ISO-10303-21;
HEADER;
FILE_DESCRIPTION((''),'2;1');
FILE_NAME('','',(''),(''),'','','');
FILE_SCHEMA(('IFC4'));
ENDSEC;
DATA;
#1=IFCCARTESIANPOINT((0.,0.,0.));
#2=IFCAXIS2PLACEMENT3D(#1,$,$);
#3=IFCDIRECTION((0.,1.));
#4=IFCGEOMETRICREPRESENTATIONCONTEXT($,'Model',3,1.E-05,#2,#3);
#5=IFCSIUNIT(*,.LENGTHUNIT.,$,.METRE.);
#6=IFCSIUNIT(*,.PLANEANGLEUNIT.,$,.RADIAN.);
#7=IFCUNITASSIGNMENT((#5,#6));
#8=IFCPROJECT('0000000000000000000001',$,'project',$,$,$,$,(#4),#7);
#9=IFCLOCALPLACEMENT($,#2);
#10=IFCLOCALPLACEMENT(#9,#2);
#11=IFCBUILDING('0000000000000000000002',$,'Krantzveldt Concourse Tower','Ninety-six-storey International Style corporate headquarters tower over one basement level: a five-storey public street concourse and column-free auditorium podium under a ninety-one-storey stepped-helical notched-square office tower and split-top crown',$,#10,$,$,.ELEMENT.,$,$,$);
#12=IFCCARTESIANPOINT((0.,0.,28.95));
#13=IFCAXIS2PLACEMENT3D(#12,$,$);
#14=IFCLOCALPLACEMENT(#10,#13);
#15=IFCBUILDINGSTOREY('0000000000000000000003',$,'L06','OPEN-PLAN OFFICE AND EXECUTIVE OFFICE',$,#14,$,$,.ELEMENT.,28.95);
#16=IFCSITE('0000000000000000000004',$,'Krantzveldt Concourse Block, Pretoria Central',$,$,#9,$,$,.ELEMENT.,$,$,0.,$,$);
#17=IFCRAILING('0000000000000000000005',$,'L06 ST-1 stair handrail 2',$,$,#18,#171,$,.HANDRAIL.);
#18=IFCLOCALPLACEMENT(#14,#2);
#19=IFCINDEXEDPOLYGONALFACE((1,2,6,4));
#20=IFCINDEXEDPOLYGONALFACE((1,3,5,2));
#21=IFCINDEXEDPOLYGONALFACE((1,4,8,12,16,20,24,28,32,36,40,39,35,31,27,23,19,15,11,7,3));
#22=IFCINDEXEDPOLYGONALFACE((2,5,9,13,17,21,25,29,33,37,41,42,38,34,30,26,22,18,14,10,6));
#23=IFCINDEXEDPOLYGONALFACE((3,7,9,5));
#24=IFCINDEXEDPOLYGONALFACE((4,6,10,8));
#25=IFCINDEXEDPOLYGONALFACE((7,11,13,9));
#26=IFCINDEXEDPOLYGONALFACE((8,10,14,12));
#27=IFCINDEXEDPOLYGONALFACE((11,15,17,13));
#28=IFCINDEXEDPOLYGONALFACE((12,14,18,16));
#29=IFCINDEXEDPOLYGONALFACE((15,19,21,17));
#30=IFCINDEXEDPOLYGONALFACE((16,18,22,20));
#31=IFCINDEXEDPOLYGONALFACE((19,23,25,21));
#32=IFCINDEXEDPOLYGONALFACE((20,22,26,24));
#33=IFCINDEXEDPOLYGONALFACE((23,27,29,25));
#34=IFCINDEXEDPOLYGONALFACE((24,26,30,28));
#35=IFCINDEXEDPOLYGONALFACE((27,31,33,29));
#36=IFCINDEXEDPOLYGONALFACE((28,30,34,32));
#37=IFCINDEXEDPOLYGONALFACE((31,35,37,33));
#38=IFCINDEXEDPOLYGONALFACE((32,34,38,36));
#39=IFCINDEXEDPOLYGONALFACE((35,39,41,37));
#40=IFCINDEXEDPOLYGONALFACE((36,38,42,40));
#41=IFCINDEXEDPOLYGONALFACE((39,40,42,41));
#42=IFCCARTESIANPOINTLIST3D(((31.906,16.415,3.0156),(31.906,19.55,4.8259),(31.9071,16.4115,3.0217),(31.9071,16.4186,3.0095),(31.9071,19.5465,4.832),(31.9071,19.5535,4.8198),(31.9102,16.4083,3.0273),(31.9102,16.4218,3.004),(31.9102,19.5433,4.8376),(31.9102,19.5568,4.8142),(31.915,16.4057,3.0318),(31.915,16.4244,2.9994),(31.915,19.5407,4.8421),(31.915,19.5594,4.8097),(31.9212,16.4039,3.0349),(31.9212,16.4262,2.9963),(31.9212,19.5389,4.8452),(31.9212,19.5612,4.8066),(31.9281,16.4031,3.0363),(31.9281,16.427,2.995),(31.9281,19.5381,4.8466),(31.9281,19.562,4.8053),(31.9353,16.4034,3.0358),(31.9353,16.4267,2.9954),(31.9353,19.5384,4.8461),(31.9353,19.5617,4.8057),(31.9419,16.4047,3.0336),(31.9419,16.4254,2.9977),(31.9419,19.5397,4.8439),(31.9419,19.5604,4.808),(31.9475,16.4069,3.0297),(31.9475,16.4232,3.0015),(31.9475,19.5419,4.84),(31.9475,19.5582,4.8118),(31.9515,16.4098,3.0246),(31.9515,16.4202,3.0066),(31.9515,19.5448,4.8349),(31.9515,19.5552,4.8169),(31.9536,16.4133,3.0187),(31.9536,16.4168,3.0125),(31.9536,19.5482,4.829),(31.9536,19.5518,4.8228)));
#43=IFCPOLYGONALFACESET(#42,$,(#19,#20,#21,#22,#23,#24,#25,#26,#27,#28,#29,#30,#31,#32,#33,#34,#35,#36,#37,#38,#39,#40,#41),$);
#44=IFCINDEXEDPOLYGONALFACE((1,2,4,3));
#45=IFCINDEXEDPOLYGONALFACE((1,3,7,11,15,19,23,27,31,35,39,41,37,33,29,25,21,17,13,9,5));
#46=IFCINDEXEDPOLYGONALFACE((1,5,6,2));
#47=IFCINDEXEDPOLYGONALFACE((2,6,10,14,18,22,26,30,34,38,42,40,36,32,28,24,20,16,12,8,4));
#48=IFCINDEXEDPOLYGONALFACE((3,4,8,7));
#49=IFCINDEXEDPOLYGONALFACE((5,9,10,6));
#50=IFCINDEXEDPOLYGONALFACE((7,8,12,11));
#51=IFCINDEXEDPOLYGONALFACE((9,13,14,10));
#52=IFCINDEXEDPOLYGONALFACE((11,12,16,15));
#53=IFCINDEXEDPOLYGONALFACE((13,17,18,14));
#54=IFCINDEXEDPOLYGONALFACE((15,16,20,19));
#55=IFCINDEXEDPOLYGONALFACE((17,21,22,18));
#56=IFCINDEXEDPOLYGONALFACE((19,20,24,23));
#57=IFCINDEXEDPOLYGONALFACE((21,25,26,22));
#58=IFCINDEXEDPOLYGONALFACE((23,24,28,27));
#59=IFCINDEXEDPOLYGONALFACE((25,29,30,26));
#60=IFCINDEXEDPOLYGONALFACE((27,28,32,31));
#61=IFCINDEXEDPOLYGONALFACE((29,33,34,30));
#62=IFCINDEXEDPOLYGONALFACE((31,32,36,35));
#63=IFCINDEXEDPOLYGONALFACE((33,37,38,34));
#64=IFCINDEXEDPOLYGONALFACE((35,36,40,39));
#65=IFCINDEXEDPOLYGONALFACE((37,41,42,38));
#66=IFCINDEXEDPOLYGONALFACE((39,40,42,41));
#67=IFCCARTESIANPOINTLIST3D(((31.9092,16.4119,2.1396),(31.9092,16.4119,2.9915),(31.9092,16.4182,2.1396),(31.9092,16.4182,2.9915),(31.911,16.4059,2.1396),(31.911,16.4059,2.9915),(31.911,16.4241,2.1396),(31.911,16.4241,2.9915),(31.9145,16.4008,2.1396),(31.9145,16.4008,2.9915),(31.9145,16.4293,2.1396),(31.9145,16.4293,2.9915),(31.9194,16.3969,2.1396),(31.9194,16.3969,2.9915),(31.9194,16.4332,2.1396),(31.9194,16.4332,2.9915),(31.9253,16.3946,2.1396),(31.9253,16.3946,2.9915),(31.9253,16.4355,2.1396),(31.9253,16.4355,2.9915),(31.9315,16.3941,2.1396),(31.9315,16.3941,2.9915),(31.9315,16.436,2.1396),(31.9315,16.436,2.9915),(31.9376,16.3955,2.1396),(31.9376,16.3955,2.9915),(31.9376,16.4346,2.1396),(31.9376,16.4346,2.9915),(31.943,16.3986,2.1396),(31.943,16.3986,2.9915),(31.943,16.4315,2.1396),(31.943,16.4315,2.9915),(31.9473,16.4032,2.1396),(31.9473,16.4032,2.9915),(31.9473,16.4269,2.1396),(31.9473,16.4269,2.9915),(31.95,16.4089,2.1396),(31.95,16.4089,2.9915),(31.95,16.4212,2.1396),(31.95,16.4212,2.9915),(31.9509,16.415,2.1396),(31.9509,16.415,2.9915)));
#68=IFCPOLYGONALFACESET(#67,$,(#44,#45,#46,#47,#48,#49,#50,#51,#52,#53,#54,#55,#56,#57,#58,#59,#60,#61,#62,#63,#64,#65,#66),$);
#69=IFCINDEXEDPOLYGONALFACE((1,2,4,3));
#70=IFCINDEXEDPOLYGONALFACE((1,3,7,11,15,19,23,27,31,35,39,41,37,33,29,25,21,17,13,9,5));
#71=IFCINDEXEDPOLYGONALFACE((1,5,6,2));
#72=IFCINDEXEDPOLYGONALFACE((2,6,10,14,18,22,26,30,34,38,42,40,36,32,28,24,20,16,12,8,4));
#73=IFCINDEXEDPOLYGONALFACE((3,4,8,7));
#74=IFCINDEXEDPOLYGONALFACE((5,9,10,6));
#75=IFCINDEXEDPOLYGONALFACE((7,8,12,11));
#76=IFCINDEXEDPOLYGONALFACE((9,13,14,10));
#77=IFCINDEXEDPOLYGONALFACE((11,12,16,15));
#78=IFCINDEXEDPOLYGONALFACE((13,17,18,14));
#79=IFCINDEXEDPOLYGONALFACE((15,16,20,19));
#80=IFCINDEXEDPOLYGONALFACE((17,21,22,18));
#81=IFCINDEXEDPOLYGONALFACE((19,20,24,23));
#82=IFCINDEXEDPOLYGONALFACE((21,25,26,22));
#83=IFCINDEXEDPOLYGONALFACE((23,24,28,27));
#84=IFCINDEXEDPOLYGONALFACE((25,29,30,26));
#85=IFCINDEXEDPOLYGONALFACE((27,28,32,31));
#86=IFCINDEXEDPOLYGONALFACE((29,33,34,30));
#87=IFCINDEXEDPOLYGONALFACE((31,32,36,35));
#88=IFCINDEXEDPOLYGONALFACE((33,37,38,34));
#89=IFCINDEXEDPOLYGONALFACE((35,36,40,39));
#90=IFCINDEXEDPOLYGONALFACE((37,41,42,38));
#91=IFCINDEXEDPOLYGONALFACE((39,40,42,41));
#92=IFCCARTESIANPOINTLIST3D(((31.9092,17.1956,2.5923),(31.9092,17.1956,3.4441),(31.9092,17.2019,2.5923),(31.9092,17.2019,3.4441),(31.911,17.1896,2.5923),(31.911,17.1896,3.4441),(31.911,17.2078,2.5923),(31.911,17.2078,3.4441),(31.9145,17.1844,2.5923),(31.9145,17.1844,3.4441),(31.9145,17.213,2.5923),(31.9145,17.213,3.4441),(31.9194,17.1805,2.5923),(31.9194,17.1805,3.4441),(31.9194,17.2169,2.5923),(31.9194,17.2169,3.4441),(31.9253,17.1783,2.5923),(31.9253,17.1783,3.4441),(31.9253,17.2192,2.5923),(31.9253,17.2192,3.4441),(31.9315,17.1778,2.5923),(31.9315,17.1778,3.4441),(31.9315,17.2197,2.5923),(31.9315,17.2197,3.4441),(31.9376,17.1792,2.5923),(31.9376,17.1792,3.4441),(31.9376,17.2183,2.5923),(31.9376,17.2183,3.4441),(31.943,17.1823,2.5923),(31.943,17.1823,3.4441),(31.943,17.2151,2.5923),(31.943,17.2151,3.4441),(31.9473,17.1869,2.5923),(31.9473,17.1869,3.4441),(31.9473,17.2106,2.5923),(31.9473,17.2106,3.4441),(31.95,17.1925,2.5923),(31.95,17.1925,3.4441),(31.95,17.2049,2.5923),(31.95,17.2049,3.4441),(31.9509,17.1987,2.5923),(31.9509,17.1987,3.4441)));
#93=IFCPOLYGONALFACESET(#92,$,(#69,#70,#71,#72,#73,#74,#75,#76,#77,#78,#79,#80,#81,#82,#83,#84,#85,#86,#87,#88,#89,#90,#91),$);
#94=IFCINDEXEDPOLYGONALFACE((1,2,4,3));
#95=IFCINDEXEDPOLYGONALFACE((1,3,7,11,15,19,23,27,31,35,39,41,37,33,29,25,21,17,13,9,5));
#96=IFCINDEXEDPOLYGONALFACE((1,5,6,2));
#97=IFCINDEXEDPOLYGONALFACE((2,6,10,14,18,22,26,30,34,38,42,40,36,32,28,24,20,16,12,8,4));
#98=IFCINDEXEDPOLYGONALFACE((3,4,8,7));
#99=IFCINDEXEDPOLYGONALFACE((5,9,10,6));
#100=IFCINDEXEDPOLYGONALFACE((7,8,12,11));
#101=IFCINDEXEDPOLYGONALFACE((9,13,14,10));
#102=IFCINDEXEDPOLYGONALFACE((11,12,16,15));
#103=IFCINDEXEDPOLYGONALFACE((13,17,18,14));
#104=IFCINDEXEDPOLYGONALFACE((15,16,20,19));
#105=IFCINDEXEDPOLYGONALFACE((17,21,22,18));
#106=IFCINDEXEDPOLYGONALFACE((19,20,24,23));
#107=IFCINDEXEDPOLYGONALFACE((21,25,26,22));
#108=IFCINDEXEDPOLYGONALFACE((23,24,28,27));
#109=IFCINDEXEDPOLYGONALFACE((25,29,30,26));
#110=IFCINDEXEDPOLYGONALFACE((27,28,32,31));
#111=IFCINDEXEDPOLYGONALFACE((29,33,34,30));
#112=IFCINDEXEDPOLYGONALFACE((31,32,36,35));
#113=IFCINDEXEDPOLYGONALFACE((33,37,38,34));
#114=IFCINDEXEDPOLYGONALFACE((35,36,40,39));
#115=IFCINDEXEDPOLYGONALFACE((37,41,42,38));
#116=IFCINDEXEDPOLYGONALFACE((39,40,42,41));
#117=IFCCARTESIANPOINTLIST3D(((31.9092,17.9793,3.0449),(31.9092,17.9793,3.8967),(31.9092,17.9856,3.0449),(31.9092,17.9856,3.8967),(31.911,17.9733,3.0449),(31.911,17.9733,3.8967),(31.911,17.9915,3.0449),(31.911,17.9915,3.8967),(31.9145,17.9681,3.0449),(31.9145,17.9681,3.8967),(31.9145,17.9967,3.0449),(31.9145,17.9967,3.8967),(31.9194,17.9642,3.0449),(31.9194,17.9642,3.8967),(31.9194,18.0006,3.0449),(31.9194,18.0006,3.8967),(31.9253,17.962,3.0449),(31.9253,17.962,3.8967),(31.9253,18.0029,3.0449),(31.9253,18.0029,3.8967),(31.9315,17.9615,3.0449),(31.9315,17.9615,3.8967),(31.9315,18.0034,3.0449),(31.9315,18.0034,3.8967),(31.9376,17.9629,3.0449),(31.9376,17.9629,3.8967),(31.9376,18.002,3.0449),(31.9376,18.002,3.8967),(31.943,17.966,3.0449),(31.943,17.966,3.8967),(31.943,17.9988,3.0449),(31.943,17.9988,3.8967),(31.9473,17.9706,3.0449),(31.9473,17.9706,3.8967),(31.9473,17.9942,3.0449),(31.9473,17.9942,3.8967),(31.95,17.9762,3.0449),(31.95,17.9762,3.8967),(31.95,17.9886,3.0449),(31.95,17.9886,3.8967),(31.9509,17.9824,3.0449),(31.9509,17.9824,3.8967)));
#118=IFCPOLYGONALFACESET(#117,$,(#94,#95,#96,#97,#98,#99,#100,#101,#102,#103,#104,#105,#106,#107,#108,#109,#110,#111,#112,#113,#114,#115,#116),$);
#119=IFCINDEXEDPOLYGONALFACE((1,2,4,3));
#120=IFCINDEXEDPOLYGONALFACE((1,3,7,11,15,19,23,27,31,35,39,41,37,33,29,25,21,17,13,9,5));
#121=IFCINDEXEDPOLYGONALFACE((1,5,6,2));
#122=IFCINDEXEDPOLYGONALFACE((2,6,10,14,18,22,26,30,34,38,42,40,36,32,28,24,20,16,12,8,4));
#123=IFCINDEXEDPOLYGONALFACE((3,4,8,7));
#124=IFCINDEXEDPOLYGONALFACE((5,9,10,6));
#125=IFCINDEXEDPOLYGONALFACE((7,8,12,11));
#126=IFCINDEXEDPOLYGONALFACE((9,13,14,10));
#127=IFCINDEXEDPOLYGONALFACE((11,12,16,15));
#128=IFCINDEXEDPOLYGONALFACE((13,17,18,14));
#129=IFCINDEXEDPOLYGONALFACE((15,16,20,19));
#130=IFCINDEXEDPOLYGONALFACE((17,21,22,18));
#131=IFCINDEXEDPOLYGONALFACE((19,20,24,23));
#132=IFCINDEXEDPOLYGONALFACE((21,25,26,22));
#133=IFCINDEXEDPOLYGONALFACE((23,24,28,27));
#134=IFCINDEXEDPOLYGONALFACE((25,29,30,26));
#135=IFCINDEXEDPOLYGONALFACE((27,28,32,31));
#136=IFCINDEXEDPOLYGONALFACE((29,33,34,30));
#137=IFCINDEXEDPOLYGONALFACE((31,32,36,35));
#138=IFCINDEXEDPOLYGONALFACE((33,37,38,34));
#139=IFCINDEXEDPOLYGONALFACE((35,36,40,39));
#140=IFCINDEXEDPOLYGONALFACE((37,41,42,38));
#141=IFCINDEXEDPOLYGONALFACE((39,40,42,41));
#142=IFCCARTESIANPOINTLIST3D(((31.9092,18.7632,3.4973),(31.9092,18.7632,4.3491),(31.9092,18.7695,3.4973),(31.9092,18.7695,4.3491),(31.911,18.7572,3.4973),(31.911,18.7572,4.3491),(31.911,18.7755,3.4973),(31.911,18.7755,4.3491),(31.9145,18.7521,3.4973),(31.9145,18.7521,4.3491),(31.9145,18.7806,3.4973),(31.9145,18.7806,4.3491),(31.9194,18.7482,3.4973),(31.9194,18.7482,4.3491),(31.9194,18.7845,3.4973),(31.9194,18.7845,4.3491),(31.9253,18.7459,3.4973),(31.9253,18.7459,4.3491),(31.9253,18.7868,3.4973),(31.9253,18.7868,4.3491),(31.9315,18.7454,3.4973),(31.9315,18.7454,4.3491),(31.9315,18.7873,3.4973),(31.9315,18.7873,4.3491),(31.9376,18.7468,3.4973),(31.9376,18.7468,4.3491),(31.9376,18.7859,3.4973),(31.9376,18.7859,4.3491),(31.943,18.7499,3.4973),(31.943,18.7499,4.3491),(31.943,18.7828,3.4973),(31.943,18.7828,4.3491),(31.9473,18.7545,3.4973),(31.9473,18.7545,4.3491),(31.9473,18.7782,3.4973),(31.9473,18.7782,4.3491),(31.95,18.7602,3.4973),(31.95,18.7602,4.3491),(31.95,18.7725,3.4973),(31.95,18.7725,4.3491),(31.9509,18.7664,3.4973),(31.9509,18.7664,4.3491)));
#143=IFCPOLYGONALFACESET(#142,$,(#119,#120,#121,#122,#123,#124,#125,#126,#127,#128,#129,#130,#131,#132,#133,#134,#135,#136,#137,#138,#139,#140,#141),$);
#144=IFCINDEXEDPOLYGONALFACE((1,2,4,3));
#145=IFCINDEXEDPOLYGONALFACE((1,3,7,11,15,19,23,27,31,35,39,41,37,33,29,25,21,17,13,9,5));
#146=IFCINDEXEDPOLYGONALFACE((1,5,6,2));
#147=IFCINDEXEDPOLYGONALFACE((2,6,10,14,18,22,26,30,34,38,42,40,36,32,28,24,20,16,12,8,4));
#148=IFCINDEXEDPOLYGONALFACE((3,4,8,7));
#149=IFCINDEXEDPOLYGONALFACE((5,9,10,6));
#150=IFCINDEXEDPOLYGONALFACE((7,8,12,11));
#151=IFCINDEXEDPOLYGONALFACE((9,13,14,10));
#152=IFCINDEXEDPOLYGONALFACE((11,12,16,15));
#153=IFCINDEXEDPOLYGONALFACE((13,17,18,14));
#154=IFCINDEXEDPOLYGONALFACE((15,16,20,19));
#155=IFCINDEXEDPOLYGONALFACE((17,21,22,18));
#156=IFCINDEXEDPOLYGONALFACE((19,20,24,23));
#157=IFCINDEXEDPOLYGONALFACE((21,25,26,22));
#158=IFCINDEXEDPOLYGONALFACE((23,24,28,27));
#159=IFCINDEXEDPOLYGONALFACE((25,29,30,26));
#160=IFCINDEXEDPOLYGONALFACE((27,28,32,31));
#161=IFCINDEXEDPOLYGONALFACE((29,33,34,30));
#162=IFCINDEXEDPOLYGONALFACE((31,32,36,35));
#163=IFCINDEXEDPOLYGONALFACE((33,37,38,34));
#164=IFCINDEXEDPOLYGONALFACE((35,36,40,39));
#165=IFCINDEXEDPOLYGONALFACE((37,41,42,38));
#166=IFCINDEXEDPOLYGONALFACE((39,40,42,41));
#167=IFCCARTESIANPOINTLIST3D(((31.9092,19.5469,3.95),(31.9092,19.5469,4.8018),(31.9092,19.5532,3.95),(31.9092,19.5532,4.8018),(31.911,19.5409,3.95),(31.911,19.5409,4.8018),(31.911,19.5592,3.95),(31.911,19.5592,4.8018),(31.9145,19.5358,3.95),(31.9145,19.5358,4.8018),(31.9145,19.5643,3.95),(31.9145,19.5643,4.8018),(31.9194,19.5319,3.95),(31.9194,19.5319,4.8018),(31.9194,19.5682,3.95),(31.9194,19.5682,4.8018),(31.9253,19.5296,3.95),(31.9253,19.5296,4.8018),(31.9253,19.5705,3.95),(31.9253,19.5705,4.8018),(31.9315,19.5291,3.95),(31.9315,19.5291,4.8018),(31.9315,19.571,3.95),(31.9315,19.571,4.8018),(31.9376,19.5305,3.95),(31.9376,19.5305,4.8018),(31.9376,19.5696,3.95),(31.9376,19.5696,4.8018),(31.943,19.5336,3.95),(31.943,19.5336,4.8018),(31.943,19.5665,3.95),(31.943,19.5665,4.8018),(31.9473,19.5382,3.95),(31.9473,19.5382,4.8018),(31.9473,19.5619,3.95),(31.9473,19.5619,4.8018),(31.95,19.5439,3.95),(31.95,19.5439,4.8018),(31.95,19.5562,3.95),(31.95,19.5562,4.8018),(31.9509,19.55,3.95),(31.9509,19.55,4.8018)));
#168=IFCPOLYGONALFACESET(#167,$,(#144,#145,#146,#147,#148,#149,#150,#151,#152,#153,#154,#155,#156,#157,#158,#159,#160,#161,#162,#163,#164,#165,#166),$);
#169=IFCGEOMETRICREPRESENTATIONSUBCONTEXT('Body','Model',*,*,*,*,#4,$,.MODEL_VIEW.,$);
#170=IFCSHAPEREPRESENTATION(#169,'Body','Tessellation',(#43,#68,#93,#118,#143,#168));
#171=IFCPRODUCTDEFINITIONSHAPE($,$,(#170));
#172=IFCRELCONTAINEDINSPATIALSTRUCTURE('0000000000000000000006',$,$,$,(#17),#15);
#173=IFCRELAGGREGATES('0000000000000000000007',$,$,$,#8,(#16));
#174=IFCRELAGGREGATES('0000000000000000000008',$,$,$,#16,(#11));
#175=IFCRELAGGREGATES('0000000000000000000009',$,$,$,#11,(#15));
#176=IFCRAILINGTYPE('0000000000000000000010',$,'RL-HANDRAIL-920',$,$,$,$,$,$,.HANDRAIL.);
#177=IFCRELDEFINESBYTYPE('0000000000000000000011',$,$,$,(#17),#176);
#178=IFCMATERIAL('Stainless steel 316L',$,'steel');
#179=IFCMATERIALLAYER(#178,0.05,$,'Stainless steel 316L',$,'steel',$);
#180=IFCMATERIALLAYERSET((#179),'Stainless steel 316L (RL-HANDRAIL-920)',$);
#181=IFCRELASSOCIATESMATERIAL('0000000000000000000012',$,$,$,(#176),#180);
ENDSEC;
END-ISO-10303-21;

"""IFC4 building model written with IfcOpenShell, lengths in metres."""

from ifc_helpers import new_model, si_unit, direction, frame, origin, origin_2d, place, context, subcontext, project, spatial, circle, extrude, material, layer, layer_set, type_object, element, save


model = new_model("IFC4")

# Units and contexts
model_context = context("Model", 3, precision=1e-05, world=origin(), true_north=direction((0.0, 1.0)))
body_context = subcontext(model_context, "Body", "Model", "MODEL_VIEW")
ifc_project = project(units=[si_unit("LENGTHUNIT", "METRE"), si_unit("PLANEANGLEUNIT", "RADIAN")], contexts=[model_context])

# Site, building, storey
site_placement = place(None, origin())
site = spatial("IfcSite", under=ifc_project, at=site_placement, Name="Krantzveldt Concourse Block, Pretoria Central", CompositionType="ELEMENT", RefElevation=0.0)
building_placement = place(site_placement, origin())
building = spatial("IfcBuilding", under=site, at=building_placement, Name="Krantzveldt Concourse Tower", Description="Ninety-six-storey International Style corporate headquarters tower over one basement level: a five-storey public street concourse and column-free auditorium podium under a ninety-one-storey stepped-helical notched-square office tower and split-top crown", CompositionType="ELEMENT")
storey_placement = place(building_placement, frame((0.0, 0.0, 28.95)))
storey = spatial("IfcBuildingStorey", under=building, at=storey_placement, Name="L06", Description="OPEN-PLAN OFFICE AND EXECUTIVE OFFICE", CompositionType="ELEMENT", Elevation=28.95)

# Railing
ifc_material_1 = material(Name="Stainless steel 316L", Category="steel")
ifc_layer_1 = layer(ifc_material_1, 0.05, Name="Stainless steel 316L", Category="steel")
ifc_layer_set_1 = layer_set([ifc_layer_1], Name="Stainless steel 316L (RL-HANDRAIL-920)")
railing_type_1 = type_object("IfcRailingType", Name="RL-HANDRAIL-920", PredefinedType="HANDRAIL", material=ifc_layer_set_1)
railing_1_placement = place(storey_placement, frame((31.9299, 16.415, 2.1396)))
element("IfcRailing", 1, at=railing_1_placement, inside=storey, type_object=railing_type_1, Name="L06 ST-1 stair handrail 2", PredefinedType="HANDRAIL", context=body_context, shape_type="SweptSolid", body=[
    extrude(circle(Radius=0.0239, at=origin_2d()), frame((0.0, 0.0, 0.876), z_axis=(0.0, 0.865989, 0.500063), x_axis=(-1.0, 0.0, 0.0)), (0.0, 0.0, 1.0), 3.6201),
    extrude(circle(Radius=0.021, at=origin_2d()), origin(), (0.0, 0.0, 1.0), 0.8518),
    extrude(circle(Radius=0.021, at=origin_2d()), frame((0.0, 0.7837, 0.4526)), (0.0, 0.0, 1.0), 0.8518),
    extrude(circle(Radius=0.021, at=origin_2d()), frame((0.0, 1.5674, 0.9053)), (0.0, 0.0, 1.0), 0.8518),
    extrude(circle(Radius=0.021, at=origin_2d()), frame((0.0, 2.3513, 1.3577)), (0.0, 0.0, 1.0), 0.8518),
    extrude(circle(Radius=0.021, at=origin_2d()), frame((0.0, 3.135, 1.8103)), (0.0, 0.0, 1.0), 0.8518),
])

save(model, "model.ifc")
